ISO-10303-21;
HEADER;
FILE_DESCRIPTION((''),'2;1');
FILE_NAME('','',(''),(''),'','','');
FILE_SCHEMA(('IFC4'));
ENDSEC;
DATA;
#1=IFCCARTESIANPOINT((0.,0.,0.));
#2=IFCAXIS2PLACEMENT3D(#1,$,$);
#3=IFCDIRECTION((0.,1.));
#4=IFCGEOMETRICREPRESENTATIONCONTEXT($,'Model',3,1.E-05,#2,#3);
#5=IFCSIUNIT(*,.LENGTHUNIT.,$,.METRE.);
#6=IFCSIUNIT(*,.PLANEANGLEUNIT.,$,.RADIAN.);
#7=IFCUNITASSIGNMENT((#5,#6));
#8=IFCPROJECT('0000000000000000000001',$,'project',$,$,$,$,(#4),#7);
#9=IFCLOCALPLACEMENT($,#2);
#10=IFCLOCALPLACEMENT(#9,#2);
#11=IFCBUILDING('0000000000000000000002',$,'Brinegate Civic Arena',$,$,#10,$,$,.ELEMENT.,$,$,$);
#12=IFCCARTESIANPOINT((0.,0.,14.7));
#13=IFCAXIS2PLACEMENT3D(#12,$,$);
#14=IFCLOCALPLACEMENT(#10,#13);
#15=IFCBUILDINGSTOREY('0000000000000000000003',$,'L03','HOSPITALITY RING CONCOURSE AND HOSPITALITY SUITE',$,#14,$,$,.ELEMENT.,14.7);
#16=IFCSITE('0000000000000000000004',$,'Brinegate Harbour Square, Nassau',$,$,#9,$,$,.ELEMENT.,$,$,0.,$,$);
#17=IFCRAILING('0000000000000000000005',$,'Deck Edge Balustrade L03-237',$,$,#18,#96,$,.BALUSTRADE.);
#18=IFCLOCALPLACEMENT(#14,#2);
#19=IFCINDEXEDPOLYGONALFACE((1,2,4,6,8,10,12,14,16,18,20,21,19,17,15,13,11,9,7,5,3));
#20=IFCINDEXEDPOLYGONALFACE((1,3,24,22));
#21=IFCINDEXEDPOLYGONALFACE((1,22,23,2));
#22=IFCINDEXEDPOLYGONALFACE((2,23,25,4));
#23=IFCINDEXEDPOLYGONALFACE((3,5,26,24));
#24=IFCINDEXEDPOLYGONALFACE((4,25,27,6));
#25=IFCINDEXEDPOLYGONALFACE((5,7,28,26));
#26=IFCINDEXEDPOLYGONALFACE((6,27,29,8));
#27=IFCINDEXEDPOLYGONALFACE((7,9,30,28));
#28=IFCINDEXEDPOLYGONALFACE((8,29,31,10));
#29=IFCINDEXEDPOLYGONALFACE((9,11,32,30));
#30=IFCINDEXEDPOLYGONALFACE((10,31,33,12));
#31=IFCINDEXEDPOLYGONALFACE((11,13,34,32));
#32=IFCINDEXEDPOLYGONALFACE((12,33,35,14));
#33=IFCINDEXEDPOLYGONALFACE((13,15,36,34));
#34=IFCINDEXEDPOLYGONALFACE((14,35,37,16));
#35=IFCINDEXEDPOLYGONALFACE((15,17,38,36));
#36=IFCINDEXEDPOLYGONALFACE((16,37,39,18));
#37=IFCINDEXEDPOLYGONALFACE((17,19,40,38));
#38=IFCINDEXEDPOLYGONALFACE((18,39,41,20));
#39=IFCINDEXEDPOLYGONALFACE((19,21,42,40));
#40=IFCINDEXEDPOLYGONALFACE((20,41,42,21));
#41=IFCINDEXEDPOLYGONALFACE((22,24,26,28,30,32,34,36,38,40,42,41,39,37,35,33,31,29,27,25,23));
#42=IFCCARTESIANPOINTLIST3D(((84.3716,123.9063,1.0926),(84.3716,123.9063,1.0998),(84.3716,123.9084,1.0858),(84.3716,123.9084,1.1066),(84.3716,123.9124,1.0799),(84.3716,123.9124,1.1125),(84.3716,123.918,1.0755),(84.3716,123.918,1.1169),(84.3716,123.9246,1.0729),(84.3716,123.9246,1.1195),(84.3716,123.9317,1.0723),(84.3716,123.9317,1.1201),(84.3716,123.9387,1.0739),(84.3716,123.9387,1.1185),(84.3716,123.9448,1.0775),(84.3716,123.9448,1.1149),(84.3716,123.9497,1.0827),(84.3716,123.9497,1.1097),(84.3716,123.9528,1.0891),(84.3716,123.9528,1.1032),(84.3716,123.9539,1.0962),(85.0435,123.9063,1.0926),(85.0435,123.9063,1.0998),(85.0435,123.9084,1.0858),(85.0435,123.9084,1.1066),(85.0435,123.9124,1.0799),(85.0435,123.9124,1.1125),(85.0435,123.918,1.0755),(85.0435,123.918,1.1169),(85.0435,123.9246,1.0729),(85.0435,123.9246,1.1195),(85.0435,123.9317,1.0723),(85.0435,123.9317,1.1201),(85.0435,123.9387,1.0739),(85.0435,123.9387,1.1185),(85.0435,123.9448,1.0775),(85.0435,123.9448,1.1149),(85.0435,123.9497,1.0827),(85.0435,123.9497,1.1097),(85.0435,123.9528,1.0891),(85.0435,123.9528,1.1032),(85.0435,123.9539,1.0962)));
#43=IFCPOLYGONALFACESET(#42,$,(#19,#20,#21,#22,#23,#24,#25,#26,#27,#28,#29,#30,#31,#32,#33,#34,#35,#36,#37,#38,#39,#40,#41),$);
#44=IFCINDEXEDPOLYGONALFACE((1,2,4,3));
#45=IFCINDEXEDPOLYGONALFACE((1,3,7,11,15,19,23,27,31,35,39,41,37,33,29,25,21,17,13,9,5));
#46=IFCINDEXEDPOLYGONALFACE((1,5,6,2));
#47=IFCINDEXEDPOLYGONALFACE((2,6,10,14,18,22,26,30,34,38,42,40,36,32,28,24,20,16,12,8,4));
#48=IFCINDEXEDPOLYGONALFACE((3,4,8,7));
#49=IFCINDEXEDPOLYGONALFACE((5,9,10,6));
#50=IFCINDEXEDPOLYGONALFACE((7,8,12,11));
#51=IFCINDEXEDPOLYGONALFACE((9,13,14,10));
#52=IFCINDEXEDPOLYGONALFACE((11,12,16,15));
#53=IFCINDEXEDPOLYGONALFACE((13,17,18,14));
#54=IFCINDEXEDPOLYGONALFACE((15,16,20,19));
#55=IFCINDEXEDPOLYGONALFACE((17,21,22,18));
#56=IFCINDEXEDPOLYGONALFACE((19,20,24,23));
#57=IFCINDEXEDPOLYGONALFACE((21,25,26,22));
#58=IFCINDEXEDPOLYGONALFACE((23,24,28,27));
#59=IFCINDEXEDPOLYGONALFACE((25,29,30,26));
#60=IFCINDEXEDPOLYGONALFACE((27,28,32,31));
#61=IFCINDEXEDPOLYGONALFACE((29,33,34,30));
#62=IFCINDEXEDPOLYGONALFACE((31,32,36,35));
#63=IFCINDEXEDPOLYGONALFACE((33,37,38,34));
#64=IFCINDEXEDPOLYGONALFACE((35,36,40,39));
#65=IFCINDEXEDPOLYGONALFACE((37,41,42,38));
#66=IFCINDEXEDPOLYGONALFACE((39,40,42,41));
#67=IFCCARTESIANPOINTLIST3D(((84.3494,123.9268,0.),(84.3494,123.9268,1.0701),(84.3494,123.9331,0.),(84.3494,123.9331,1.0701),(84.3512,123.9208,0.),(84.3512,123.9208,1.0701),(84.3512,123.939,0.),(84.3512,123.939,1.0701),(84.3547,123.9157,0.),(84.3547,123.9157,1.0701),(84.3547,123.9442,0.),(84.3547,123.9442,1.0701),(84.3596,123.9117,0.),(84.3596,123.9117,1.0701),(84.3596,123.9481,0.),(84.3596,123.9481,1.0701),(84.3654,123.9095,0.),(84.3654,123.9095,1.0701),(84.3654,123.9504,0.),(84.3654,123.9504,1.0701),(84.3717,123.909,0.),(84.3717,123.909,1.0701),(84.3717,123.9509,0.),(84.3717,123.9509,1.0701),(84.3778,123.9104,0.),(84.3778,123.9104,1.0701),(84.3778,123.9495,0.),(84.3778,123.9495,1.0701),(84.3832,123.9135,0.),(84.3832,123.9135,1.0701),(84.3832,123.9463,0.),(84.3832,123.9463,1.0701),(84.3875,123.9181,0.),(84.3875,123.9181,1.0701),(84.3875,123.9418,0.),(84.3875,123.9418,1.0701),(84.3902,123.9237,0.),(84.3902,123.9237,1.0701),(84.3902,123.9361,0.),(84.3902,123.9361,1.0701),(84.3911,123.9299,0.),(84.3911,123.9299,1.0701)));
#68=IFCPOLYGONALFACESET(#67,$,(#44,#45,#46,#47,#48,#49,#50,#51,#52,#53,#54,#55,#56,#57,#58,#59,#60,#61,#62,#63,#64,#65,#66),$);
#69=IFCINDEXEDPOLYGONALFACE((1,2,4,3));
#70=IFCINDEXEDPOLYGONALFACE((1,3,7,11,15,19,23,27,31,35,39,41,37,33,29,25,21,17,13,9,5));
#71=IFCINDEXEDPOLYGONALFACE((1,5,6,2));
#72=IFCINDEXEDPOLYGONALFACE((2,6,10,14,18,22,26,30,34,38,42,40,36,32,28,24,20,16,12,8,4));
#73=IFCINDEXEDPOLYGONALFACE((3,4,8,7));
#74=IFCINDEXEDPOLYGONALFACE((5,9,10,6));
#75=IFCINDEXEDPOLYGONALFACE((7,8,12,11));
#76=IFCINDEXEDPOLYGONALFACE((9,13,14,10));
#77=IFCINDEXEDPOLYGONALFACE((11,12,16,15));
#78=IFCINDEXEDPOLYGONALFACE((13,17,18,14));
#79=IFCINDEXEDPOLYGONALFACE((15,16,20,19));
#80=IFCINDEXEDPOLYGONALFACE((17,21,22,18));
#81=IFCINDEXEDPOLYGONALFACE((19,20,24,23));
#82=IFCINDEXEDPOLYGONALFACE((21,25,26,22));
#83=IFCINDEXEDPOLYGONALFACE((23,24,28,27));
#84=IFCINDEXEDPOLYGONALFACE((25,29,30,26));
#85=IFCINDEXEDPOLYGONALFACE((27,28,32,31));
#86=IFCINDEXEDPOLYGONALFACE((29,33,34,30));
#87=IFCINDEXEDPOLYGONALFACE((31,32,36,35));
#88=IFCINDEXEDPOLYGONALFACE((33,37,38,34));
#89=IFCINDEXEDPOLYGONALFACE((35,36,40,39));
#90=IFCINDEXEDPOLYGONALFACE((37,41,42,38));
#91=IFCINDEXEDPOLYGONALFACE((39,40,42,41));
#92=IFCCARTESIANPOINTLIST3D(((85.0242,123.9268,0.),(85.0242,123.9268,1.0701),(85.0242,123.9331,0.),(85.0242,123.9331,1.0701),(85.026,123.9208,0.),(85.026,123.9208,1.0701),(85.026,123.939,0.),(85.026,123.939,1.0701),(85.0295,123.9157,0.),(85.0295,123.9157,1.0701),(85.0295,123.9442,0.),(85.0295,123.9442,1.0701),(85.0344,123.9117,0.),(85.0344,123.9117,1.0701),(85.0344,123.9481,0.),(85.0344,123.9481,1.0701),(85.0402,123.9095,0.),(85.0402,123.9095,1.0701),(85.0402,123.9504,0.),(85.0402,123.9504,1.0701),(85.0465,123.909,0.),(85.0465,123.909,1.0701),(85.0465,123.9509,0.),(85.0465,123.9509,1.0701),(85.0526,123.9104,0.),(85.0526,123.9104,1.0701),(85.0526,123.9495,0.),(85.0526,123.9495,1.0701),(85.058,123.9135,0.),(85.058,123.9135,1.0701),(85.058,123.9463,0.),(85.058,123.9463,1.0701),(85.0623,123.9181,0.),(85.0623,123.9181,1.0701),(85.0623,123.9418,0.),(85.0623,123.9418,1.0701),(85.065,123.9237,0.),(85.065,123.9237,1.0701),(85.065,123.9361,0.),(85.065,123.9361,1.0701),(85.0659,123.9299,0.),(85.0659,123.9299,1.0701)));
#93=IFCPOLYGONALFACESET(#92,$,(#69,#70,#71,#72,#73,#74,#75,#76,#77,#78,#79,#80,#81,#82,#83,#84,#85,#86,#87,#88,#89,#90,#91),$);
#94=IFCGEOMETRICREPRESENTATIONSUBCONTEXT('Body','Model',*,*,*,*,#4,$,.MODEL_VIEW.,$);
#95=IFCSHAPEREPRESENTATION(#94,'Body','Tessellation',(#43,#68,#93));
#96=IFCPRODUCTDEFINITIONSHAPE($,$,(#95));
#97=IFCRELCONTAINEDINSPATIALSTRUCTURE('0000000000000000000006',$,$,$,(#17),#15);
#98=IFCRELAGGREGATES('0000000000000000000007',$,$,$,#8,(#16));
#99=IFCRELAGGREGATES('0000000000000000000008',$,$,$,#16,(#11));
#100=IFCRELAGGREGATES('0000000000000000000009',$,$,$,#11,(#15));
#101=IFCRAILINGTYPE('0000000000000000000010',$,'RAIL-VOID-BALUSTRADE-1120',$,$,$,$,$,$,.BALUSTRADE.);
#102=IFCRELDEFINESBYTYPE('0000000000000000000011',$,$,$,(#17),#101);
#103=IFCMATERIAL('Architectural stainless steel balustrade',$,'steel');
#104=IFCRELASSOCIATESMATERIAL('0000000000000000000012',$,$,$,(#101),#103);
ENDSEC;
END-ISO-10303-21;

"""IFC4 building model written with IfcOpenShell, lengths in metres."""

from ifc_helpers import new_model, si_unit, direction, frame, origin, origin_2d, place, context, subcontext, project, spatial, circle, extrude, material, type_object, element, save


model = new_model("IFC4")

# Units and contexts
model_context = context("Model", 3, precision=1e-05, world=origin(), true_north=direction((0.0, 1.0)))
body_context = subcontext(model_context, "Body", "Model", "MODEL_VIEW")
ifc_project = project(units=[si_unit("LENGTHUNIT", "METRE"), si_unit("PLANEANGLEUNIT", "RADIAN")], contexts=[model_context])

# Site, building, storey
site_placement = place(None, origin())
site = spatial("IfcSite", under=ifc_project, at=site_placement, Name="Brinegate Harbour Square, Nassau", CompositionType="ELEMENT", RefElevation=0.0)
building_placement = place(site_placement, origin())
building = spatial("IfcBuilding", under=site, at=building_placement, Name="Brinegate Civic Arena", CompositionType="ELEMENT")
storey_placement = place(building_placement, frame((0.0, 0.0, 14.7)))
storey = spatial("IfcBuildingStorey", under=building, at=storey_placement, Name="L03", Description="HOSPITALITY RING CONCOURSE AND HOSPITALITY SUITE", CompositionType="ELEMENT", Elevation=14.7)

# Railing
ifc_material_1 = material(Name="Architectural stainless steel balustrade", Category="steel")
railing_type = type_object("IfcRailingType", Name="RAIL-VOID-BALUSTRADE-1120", PredefinedType="BALUSTRADE", material=ifc_material_1)
railing_1_placement = place(storey_placement, frame((84.3701, 123.9299, 0.0)))
element("IfcRailing", 1, at=railing_1_placement, inside=storey, type_object=railing_type, Name="Deck Edge Balustrade L03-237", PredefinedType="BALUSTRADE", context=body_context, shape_type="SweptSolid", body=[
    extrude(circle(Radius=0.0239, at=origin_2d()), frame((0.0015, 0.0, 1.0962), z_axis=(1.0, 0.0, 0.0), x_axis=(0.0, 1.0, 0.0)), (0.0, 0.0, 1.0), 0.6719),
    extrude(circle(Radius=0.021, at=origin_2d()), origin(), (0.0, 0.0, 1.0), 1.0701),
    extrude(circle(Radius=0.021, at=origin_2d()), frame((0.6748, 0.0, 0.0)), (0.0, 0.0, 1.0), 1.0701),
])

save(model, "model.ifc")
